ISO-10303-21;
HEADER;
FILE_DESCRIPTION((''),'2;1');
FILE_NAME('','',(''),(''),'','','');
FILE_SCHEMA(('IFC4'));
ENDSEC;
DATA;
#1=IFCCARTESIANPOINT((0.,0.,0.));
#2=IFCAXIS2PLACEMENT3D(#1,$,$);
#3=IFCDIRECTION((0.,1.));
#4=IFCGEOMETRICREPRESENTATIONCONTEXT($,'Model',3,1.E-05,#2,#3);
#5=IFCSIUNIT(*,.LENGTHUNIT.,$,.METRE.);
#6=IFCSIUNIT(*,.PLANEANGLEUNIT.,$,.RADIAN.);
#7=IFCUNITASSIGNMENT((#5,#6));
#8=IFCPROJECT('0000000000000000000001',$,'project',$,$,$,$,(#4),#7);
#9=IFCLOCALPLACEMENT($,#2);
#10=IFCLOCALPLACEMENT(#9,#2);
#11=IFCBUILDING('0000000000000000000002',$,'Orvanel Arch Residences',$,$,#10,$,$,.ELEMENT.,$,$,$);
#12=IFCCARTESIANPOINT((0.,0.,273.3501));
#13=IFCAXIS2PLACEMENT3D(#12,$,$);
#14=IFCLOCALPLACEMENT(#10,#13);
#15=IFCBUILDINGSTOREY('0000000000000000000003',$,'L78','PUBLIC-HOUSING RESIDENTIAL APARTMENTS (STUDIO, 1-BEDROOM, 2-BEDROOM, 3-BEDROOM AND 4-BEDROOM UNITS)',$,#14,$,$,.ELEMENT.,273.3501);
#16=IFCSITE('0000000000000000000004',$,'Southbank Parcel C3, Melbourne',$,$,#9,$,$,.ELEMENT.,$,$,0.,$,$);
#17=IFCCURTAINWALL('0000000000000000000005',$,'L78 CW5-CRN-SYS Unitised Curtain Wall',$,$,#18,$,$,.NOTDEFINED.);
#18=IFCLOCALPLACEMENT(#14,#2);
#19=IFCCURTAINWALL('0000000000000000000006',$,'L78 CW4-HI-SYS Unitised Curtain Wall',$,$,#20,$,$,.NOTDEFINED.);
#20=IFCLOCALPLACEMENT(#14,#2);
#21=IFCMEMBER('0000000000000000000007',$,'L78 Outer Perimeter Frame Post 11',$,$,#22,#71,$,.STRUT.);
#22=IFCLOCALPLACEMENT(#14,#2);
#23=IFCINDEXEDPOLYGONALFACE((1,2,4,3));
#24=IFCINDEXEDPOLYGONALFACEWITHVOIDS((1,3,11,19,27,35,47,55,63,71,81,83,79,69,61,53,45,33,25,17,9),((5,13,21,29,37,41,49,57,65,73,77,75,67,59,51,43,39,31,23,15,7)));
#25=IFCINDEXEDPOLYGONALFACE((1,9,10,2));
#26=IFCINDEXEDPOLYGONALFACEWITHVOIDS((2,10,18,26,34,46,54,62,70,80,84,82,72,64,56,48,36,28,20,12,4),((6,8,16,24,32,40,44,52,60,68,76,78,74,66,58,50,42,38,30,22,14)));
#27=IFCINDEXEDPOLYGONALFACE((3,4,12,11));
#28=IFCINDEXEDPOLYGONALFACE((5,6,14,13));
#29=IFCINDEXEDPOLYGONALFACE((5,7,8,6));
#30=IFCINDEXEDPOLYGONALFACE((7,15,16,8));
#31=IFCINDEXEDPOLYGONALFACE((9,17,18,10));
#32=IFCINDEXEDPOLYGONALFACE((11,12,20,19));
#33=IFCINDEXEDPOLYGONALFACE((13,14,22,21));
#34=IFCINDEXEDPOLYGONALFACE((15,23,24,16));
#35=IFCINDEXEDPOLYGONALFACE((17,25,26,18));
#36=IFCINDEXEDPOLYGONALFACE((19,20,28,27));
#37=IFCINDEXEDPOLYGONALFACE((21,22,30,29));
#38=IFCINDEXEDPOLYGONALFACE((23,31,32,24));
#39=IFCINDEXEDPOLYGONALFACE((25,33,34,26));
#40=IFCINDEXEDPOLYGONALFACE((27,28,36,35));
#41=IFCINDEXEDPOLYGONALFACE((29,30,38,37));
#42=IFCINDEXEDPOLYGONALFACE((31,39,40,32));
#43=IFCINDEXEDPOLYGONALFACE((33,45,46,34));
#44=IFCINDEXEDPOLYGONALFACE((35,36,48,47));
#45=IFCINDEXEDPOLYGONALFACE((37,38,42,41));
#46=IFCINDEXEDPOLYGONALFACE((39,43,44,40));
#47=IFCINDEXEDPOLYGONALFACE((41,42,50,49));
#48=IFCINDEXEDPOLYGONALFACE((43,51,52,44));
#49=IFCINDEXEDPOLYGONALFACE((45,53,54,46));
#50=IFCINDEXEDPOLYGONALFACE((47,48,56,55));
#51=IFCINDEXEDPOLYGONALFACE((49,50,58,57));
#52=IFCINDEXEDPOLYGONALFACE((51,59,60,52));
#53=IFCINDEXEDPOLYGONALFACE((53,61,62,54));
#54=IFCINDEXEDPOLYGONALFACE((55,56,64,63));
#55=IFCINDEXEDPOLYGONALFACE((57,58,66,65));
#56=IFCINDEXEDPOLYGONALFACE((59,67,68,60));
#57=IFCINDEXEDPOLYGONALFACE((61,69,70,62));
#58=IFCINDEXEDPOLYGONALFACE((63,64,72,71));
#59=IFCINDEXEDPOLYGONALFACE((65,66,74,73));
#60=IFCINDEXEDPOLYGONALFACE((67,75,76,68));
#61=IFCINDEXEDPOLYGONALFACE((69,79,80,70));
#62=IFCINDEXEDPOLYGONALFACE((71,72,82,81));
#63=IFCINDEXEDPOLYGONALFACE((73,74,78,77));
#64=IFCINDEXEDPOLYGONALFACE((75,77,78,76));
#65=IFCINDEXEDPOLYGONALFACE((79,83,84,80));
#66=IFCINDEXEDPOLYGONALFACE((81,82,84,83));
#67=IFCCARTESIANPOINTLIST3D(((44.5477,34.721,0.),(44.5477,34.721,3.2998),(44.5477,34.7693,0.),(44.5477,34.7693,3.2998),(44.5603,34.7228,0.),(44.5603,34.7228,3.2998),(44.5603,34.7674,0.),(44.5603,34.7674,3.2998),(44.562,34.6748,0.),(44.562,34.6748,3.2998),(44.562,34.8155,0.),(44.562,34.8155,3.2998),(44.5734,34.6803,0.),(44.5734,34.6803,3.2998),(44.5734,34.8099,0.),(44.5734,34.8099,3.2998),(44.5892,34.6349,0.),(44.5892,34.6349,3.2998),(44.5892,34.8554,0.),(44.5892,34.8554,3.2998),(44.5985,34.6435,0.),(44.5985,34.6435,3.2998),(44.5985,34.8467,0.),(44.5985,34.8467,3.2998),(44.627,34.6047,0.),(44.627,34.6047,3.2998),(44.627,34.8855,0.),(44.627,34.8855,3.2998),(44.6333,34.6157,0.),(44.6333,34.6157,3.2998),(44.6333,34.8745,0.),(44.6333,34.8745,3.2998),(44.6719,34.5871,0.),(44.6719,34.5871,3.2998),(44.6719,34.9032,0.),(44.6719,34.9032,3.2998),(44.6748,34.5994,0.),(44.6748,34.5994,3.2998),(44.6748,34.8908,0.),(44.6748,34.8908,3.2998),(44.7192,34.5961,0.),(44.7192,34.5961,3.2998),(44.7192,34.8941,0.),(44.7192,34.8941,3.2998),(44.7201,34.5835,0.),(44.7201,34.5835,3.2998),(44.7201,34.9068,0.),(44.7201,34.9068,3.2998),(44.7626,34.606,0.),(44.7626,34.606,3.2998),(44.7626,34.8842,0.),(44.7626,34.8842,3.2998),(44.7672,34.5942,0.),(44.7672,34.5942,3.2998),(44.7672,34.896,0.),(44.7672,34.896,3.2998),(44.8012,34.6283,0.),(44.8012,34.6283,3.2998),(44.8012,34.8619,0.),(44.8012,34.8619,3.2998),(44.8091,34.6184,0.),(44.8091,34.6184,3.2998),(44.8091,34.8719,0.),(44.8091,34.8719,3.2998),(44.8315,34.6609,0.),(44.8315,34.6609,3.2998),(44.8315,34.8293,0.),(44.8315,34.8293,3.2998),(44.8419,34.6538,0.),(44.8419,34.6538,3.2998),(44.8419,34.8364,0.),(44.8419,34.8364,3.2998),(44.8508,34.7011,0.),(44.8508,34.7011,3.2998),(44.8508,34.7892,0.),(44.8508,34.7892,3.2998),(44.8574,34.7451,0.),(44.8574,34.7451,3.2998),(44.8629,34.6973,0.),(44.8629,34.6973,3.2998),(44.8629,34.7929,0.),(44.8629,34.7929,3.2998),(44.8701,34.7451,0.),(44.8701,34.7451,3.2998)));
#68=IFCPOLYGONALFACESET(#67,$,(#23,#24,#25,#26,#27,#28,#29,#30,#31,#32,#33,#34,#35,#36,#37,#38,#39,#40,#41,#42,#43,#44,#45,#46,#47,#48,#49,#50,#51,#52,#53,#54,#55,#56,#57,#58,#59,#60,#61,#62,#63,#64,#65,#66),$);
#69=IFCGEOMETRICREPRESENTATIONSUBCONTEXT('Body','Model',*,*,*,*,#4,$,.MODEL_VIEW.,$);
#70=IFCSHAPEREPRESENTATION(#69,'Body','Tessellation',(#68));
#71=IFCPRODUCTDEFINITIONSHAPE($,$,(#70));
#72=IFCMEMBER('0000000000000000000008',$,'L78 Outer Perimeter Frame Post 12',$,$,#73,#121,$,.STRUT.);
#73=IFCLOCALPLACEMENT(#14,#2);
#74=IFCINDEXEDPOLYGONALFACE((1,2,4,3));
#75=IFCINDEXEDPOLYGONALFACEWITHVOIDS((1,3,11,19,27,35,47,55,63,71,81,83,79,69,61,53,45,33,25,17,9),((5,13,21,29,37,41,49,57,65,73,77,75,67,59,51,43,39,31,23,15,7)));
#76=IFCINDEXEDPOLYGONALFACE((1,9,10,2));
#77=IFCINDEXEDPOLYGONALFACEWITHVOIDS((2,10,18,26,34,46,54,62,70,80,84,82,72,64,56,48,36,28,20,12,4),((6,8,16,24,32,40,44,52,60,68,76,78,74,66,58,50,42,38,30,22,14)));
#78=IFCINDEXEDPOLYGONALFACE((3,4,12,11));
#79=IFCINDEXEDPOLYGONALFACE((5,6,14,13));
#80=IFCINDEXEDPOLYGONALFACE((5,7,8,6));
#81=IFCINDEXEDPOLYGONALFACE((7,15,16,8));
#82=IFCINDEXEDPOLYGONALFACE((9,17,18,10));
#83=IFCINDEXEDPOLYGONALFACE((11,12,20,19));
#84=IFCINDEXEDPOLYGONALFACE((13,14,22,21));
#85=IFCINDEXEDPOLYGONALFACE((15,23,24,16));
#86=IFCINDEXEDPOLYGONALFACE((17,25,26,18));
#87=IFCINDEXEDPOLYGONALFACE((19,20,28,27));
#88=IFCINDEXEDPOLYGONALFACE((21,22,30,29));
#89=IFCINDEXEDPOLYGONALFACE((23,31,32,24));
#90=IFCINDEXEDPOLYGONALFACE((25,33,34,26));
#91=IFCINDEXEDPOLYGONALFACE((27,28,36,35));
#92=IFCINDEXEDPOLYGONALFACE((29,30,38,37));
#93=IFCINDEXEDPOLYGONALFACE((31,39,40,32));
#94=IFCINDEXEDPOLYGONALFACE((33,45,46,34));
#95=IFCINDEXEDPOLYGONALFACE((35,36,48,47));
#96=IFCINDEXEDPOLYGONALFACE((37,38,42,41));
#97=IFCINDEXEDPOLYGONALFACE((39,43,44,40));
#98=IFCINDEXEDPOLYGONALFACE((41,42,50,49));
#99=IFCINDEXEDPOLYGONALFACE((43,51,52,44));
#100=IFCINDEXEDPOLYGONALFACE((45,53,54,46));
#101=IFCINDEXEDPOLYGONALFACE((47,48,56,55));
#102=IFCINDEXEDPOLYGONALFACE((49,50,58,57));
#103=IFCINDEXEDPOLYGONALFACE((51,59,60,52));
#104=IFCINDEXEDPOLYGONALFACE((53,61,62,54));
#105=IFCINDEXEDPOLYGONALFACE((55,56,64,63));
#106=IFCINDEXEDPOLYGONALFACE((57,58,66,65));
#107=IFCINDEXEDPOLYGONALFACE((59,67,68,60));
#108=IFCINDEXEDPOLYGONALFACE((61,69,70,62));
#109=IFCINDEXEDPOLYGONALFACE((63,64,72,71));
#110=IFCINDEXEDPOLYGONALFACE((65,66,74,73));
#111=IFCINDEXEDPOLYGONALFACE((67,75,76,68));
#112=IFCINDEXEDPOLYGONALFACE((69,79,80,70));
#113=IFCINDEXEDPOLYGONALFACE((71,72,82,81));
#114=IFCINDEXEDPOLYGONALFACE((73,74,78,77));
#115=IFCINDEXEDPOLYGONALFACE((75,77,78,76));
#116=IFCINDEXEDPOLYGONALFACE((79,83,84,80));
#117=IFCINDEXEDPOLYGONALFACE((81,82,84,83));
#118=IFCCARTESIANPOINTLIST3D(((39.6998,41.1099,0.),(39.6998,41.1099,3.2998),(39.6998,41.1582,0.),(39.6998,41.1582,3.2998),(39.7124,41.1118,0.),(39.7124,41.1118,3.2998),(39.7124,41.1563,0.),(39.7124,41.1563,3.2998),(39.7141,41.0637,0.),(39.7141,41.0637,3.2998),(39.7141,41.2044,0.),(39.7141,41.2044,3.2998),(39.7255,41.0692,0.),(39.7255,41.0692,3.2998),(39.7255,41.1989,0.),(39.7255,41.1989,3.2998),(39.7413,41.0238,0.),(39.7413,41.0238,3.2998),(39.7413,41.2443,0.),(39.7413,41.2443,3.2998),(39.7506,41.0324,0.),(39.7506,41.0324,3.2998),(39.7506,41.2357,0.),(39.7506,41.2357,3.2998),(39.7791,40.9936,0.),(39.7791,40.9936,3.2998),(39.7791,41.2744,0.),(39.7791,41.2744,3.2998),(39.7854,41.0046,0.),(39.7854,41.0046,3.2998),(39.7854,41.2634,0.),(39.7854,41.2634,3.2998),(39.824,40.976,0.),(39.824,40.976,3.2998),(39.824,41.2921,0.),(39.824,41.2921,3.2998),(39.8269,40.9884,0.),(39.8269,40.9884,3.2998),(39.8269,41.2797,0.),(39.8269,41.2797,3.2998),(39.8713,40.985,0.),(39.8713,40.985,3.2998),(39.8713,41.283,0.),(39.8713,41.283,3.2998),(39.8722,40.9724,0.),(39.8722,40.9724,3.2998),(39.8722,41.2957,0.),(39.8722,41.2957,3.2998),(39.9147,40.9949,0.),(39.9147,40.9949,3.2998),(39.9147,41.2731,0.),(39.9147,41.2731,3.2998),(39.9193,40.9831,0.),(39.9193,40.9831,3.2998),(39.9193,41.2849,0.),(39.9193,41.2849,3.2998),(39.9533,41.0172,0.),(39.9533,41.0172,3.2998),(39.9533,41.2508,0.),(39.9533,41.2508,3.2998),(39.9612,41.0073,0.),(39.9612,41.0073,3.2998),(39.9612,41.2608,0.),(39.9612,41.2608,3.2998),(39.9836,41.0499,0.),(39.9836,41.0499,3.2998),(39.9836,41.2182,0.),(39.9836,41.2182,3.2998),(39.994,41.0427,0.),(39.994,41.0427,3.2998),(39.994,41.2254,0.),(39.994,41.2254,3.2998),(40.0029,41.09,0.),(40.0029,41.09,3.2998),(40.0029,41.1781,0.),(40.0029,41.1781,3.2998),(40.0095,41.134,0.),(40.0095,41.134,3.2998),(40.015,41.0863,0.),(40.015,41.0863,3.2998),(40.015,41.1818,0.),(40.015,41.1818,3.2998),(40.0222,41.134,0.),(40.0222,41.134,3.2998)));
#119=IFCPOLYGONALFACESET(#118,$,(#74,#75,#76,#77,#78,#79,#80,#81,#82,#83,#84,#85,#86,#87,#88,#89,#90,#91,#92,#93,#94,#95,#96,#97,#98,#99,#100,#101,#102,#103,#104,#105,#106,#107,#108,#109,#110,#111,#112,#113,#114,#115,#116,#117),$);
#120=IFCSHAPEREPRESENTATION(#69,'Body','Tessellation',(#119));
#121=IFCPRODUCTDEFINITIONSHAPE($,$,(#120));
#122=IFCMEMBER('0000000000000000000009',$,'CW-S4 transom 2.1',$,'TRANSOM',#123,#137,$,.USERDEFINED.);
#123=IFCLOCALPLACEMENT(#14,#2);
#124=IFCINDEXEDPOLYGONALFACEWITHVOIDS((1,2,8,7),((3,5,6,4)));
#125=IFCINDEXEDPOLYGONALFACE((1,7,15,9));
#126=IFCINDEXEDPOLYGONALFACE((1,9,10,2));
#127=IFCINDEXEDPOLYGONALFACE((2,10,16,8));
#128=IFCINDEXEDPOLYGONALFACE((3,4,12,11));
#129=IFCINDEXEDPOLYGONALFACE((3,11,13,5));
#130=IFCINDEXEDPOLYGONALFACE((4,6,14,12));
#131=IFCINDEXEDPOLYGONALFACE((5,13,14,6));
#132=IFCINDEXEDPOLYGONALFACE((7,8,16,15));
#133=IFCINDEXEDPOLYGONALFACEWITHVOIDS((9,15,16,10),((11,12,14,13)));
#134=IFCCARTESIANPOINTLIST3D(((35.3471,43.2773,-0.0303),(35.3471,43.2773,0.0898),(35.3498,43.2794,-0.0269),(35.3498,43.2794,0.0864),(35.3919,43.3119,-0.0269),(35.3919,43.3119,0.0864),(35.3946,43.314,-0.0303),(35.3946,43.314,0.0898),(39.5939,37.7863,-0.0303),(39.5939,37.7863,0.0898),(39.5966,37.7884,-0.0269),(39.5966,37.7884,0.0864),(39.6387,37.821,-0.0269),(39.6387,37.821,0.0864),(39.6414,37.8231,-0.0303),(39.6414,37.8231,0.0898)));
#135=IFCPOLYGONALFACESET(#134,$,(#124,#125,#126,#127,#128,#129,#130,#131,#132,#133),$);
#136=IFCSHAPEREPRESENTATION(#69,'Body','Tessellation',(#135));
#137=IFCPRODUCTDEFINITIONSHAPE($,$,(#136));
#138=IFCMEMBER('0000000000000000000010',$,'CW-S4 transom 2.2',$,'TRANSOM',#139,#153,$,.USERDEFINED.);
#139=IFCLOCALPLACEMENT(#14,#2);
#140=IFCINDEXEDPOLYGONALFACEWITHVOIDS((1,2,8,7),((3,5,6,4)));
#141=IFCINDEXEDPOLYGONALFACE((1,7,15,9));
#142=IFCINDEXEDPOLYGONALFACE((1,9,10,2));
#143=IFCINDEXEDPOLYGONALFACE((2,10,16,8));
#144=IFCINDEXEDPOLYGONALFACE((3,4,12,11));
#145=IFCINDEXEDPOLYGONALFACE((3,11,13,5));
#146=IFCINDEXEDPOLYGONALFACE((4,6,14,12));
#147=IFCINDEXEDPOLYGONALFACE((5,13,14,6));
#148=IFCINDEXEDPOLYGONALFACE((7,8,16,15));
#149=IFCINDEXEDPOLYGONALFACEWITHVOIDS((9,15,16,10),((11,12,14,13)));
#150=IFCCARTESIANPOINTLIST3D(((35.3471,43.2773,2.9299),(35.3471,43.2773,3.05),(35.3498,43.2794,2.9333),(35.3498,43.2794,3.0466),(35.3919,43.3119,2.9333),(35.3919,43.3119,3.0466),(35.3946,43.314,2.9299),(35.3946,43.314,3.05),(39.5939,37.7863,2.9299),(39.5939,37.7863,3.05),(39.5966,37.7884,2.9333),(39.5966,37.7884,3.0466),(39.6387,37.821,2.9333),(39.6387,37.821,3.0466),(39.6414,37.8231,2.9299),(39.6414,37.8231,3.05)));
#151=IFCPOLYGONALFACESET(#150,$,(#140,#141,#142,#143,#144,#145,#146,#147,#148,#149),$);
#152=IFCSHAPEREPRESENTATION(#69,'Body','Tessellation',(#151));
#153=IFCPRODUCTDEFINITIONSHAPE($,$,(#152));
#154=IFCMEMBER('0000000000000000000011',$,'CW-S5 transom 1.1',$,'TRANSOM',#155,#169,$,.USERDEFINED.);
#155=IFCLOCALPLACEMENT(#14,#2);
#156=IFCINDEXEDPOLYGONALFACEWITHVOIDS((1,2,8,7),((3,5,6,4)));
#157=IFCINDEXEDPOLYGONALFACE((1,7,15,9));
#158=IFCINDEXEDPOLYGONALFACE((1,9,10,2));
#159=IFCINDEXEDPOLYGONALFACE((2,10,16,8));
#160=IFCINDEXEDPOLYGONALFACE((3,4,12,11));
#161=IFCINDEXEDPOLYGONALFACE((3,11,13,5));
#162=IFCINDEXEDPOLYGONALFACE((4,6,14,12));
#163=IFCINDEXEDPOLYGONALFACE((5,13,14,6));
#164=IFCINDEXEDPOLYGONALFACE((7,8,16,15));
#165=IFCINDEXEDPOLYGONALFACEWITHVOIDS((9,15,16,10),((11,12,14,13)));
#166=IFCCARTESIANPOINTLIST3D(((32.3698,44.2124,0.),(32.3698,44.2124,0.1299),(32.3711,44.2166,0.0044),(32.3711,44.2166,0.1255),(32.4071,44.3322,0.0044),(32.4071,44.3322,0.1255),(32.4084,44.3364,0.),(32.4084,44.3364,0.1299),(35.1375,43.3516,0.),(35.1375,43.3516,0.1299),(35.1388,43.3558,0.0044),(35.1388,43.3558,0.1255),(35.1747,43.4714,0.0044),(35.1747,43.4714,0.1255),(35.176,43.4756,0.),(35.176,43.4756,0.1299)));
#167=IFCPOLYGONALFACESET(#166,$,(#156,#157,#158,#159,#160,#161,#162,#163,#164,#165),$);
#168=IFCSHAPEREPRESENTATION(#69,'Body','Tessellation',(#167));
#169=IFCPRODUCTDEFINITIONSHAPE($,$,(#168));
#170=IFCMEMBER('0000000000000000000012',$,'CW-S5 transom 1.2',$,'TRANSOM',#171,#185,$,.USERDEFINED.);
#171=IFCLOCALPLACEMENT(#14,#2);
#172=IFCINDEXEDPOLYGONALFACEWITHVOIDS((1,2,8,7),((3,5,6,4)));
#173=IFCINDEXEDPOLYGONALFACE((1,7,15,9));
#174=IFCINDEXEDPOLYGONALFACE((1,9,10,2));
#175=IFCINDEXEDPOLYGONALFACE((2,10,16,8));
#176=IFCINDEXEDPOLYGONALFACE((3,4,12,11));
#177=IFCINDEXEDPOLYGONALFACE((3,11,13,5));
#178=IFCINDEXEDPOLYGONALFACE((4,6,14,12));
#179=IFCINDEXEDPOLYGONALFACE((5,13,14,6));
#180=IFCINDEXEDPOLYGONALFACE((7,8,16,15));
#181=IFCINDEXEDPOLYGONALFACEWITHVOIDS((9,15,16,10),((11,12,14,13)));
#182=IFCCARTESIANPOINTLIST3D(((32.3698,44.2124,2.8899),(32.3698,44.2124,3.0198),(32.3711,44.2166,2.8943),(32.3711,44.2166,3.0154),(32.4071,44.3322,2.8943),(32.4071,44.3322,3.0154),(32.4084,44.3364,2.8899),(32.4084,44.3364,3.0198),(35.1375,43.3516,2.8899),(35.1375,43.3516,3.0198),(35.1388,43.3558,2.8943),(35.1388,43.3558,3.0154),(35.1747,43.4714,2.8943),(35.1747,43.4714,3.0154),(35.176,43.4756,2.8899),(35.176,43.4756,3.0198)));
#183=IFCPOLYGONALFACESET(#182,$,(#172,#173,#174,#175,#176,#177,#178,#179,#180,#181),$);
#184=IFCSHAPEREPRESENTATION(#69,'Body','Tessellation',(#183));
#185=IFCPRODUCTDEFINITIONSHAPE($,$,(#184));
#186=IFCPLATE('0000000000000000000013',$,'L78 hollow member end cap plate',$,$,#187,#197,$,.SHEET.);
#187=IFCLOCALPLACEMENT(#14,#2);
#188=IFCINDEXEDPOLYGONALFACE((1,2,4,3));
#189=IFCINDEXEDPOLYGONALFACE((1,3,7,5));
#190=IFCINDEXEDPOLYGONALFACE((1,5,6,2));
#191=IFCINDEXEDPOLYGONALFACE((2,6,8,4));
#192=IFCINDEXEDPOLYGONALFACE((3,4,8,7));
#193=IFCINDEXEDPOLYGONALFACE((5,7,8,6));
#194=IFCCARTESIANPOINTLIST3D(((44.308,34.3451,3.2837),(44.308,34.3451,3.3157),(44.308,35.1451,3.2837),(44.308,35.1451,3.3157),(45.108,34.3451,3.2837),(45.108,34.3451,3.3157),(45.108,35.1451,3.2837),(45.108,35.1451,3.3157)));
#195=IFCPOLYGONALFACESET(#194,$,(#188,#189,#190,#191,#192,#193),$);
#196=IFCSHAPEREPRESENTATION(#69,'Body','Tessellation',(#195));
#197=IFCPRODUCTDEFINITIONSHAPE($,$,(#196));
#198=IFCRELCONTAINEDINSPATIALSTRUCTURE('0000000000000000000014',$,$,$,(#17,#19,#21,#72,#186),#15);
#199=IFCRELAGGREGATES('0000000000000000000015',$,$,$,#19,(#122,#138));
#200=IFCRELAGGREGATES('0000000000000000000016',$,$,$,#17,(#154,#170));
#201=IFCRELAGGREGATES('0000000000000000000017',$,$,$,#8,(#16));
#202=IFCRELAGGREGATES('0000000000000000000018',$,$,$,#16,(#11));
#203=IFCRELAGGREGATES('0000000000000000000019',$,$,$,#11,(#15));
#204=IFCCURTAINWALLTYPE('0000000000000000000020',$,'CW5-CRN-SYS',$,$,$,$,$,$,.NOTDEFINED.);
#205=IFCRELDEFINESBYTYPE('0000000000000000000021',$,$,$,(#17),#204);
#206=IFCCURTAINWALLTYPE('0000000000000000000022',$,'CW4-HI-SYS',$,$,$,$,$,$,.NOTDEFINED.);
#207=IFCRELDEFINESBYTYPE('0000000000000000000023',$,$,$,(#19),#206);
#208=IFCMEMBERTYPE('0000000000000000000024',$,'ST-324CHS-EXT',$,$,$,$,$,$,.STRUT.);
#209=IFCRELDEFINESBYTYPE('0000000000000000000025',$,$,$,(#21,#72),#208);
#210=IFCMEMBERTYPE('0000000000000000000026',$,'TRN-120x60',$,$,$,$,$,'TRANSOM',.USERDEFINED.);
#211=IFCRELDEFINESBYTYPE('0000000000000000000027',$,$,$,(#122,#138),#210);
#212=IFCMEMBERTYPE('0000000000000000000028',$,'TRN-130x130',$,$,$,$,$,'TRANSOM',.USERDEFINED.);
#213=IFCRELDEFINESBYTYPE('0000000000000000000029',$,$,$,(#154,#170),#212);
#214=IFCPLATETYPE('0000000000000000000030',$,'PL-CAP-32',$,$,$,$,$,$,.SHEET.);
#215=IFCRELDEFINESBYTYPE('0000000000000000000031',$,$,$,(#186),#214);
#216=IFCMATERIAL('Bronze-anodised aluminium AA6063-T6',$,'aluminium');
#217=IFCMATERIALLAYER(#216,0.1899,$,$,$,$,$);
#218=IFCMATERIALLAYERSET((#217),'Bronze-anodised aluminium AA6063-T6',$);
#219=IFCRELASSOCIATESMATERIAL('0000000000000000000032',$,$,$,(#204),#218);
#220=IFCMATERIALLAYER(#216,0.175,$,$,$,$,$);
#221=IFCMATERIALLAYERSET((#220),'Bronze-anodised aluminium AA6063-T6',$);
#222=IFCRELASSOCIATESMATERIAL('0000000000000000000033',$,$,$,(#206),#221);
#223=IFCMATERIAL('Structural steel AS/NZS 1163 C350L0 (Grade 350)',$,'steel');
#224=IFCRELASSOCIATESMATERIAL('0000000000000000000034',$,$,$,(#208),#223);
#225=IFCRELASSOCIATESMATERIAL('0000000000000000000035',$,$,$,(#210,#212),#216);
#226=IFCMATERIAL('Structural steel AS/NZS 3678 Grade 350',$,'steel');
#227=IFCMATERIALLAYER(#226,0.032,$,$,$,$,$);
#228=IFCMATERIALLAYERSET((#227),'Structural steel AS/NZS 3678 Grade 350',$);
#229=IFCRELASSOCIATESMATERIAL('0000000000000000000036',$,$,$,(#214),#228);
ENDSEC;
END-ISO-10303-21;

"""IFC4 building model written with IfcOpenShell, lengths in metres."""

from ifc_helpers import new_model, si_unit, direction, frame, origin, origin_2d, place, context, subcontext, project, spatial, rectangle, hollow_rectangle, hollow_circle, extrude, material, layer, layer_set, material_profile, profile_set, type_object, element, aggregate, save


model = new_model("IFC4")

# Units and contexts
model_context = context("Model", 3, precision=1e-05, world=origin(), true_north=direction((0.0, 1.0)))
body_context = subcontext(model_context, "Body", "Model", "MODEL_VIEW")
ifc_project = project(units=[si_unit("LENGTHUNIT", "METRE"), si_unit("PLANEANGLEUNIT", "RADIAN")], contexts=[model_context])

# Site, building, storey
site_placement = place(None, origin())
site = spatial("IfcSite", under=ifc_project, at=site_placement, Name="Southbank Parcel C3, Melbourne", CompositionType="ELEMENT", RefElevation=0.0)
building_placement = place(site_placement, origin())
building = spatial("IfcBuilding", under=site, at=building_placement, Name="Orvanel Arch Residences", CompositionType="ELEMENT")
storey_placement = place(building_placement, frame((0.0, 0.0, 273.3501)))
storey = spatial("IfcBuildingStorey", under=building, at=storey_placement, Name="L78", Description="PUBLIC-HOUSING RESIDENTIAL APARTMENTS (STUDIO, 1-BEDROOM, 2-BEDROOM, 3-BEDROOM AND 4-BEDROOM UNITS)", CompositionType="ELEMENT", Elevation=273.3501)

# Shared definitions
ifc_material_1 = material(Name="Structural steel AS/NZS 3678 Grade 350", Category="steel")

# Curtain walls
ifc_material_2 = material(Name="Bronze-anodised aluminium AA6063-T6", Category="aluminium")
ifc_layer_1 = layer(ifc_material_2, 0.1899)
ifc_layer_set_1 = layer_set([ifc_layer_1], Name="Bronze-anodised aluminium AA6063-T6")
curtain_wall_type_1 = type_object("IfcCurtainWallType", Name="CW5-CRN-SYS", PredefinedType="NOTDEFINED", material=ifc_layer_set_1)
curtain_wall_1_placement = place(storey_placement, origin())
curtain_wall_1 = element("IfcCurtainWall", 1, at=curtain_wall_1_placement, inside=storey, type_object=curtain_wall_type_1, Name="L78 CW5-CRN-SYS Unitised Curtain Wall", PredefinedType="NOTDEFINED")
ifc_layer_2 = layer(ifc_material_2, 0.175)
ifc_layer_set_2 = layer_set([ifc_layer_2], Name="Bronze-anodised aluminium AA6063-T6")
curtain_wall_type_2 = type_object("IfcCurtainWallType", Name="CW4-HI-SYS", PredefinedType="NOTDEFINED", material=ifc_layer_set_2)
curtain_wall_2_placement = place(storey_placement, origin())
curtain_wall_2 = element("IfcCurtainWall", 2, at=curtain_wall_2_placement, inside=storey, type_object=curtain_wall_type_2, Name="L78 CW4-HI-SYS Unitised Curtain Wall", PredefinedType="NOTDEFINED")

# Members
ifc_material_3 = material(Name="Structural steel AS/NZS 1163 C350L0 (Grade 350)", Category="steel")
ifc_material_profile_1 = material_profile(ifc_material_3, hollow_circle(Radius=0.1621, WallThickness=0.0127, at=origin_2d()), Name="CHS324x12.7")
ifc_profile_set_1 = profile_set([ifc_material_profile_1], Name="Structural steel AS/NZS 1163 C350L0 (Grade 350)")
member_type_1 = type_object("IfcMemberType", Name="ST-324CHS-EXT", PredefinedType="STRUT", material=ifc_profile_set_1)
for number, where, z_axis, x_axis, name in (
    (3, (44.708, 34.7451, 0.0), (0.0, 0.0, 1.0), (1.0, 0.0, 0.0), "L78 Outer Perimeter Frame Post 11"),
    (4, (39.8601, 41.134, 0.0), (0.0, 0.0, 1.0), (1.0, 0.0, 0.0), "L78 Outer Perimeter Frame Post 12"),
):
    element("IfcMember", number, at=place(storey_placement, frame(where, z_axis=z_axis, x_axis=x_axis)), inside=storey, type_object=member_type_1, Name=name, PredefinedType="STRUT", context=body_context, shape_type="SweptSolid", body=[
        extrude(hollow_circle(Radius=0.1621, WallThickness=0.0127, at=origin_2d()), origin(), (0.0, 0.0, 1.0), 3.2998),
    ])

# Members
ifc_material_profile_2 = material_profile(ifc_material_2, hollow_rectangle(XDim=0.0601, YDim=0.1201, WallThickness=0.0034, at=origin_2d()), Name="ALU120x60x3.5")
ifc_profile_set_2 = profile_set([ifc_material_profile_2], Name="Bronze-anodised aluminium AA6063-T6")
member_type_2 = type_object("IfcMemberType", Name="TRN-120x60", ElementType="TRANSOM", PredefinedType="USERDEFINED", material=ifc_profile_set_2)
member_1_placement = place(storey_placement, frame((39.6177, 37.8047, 0.0298), z_axis=(-0.611791, 0.79102, 0.0), x_axis=(-0.79102, -0.611791, 0.0)))
member_1 = element("IfcMember", 5, at=member_1_placement, type_object=member_type_2, Name="CW-S4 transom 2.1", ObjectType="TRANSOM", PredefinedType="USERDEFINED", context=body_context, shape_type="SweptSolid", body=[
    extrude(hollow_rectangle(XDim=0.0601, YDim=0.1201, WallThickness=0.0034, at=origin_2d()), origin(), (0.0, 0.0, 1.0), 6.9417),
])
member_2_placement = place(storey_placement, frame((39.6177, 37.8047, 2.99), z_axis=(-0.611791, 0.79102, 0.0), x_axis=(-0.79102, -0.611791, 0.0)))
member_2 = element("IfcMember", 6, at=member_2_placement, type_object=member_type_2, Name="CW-S4 transom 2.2", ObjectType="TRANSOM", PredefinedType="USERDEFINED", context=body_context, shape_type="SweptSolid", body=[
    extrude(hollow_rectangle(XDim=0.0601, YDim=0.1201, WallThickness=0.0034, at=origin_2d()), origin(), (0.0, 0.0, 1.0), 6.9417),
])
ifc_material_profile_3 = material_profile(ifc_material_2, hollow_rectangle(XDim=0.1299, YDim=0.1299, WallThickness=0.0044, at=origin_2d()), Name="ALU130x130x4.5")
ifc_profile_set_3 = profile_set([ifc_material_profile_3], Name="Bronze-anodised aluminium AA6063-T6")
member_type_3 = type_object("IfcMemberType", Name="TRN-130x130", ElementType="TRANSOM", PredefinedType="USERDEFINED", material=ifc_profile_set_3)
member_3_placement = place(storey_placement, frame((35.1567, 43.4136, 0.0649), z_axis=(-0.954875, 0.297009, 0.0), x_axis=(-0.297009, -0.954875, 0.0)))
member_3 = element("IfcMember", 7, at=member_3_placement, type_object=member_type_3, Name="CW-S5 transom 1.1", ObjectType="TRANSOM", PredefinedType="USERDEFINED", context=body_context, shape_type="SweptSolid", body=[
    extrude(hollow_rectangle(XDim=0.1299, YDim=0.1299, WallThickness=0.0044, at=origin_2d()), origin(), (0.0, 0.0, 1.0), 2.8984),
])
member_4_placement = place(storey_placement, frame((35.1567, 43.4136, 2.9548), z_axis=(-0.954875, 0.297009, 0.0), x_axis=(-0.297009, -0.954875, 0.0)))
member_4 = element("IfcMember", 8, at=member_4_placement, type_object=member_type_3, Name="CW-S5 transom 1.2", ObjectType="TRANSOM", PredefinedType="USERDEFINED", context=body_context, shape_type="SweptSolid", body=[
    extrude(hollow_rectangle(XDim=0.1299, YDim=0.1299, WallThickness=0.0044, at=origin_2d()), origin(), (0.0, 0.0, 1.0), 2.8984),
])

# Plate
ifc_layer_3 = layer(ifc_material_1, 0.032)
ifc_layer_set_3 = layer_set([ifc_layer_3], Name="Structural steel AS/NZS 3678 Grade 350")
plate_type_1 = type_object("IfcPlateType", Name="PL-CAP-32", PredefinedType="SHEET", material=ifc_layer_set_3)
for number, where, z_axis, x_axis, name in (
    (9, (44.708, 34.7451, 3.2837), (0.0, 0.0, 1.0), (1.0, 0.0, 0.0), "L78 hollow member end cap plate"),
):
    element("IfcPlate", number, at=place(storey_placement, frame(where, z_axis=z_axis, x_axis=x_axis)), inside=storey, type_object=plate_type_1, Name=name, PredefinedType="SHEET", context=body_context, shape_type="SweptSolid", body=[
        extrude(rectangle(XDim=0.8, YDim=0.8, at=origin_2d()), origin(), (0.0, 0.0, 1.0), 0.032),
    ])

aggregate(curtain_wall_2, [member_1, member_2])
aggregate(curtain_wall_1, [member_3, member_4])

save(model, "model.ifc")
